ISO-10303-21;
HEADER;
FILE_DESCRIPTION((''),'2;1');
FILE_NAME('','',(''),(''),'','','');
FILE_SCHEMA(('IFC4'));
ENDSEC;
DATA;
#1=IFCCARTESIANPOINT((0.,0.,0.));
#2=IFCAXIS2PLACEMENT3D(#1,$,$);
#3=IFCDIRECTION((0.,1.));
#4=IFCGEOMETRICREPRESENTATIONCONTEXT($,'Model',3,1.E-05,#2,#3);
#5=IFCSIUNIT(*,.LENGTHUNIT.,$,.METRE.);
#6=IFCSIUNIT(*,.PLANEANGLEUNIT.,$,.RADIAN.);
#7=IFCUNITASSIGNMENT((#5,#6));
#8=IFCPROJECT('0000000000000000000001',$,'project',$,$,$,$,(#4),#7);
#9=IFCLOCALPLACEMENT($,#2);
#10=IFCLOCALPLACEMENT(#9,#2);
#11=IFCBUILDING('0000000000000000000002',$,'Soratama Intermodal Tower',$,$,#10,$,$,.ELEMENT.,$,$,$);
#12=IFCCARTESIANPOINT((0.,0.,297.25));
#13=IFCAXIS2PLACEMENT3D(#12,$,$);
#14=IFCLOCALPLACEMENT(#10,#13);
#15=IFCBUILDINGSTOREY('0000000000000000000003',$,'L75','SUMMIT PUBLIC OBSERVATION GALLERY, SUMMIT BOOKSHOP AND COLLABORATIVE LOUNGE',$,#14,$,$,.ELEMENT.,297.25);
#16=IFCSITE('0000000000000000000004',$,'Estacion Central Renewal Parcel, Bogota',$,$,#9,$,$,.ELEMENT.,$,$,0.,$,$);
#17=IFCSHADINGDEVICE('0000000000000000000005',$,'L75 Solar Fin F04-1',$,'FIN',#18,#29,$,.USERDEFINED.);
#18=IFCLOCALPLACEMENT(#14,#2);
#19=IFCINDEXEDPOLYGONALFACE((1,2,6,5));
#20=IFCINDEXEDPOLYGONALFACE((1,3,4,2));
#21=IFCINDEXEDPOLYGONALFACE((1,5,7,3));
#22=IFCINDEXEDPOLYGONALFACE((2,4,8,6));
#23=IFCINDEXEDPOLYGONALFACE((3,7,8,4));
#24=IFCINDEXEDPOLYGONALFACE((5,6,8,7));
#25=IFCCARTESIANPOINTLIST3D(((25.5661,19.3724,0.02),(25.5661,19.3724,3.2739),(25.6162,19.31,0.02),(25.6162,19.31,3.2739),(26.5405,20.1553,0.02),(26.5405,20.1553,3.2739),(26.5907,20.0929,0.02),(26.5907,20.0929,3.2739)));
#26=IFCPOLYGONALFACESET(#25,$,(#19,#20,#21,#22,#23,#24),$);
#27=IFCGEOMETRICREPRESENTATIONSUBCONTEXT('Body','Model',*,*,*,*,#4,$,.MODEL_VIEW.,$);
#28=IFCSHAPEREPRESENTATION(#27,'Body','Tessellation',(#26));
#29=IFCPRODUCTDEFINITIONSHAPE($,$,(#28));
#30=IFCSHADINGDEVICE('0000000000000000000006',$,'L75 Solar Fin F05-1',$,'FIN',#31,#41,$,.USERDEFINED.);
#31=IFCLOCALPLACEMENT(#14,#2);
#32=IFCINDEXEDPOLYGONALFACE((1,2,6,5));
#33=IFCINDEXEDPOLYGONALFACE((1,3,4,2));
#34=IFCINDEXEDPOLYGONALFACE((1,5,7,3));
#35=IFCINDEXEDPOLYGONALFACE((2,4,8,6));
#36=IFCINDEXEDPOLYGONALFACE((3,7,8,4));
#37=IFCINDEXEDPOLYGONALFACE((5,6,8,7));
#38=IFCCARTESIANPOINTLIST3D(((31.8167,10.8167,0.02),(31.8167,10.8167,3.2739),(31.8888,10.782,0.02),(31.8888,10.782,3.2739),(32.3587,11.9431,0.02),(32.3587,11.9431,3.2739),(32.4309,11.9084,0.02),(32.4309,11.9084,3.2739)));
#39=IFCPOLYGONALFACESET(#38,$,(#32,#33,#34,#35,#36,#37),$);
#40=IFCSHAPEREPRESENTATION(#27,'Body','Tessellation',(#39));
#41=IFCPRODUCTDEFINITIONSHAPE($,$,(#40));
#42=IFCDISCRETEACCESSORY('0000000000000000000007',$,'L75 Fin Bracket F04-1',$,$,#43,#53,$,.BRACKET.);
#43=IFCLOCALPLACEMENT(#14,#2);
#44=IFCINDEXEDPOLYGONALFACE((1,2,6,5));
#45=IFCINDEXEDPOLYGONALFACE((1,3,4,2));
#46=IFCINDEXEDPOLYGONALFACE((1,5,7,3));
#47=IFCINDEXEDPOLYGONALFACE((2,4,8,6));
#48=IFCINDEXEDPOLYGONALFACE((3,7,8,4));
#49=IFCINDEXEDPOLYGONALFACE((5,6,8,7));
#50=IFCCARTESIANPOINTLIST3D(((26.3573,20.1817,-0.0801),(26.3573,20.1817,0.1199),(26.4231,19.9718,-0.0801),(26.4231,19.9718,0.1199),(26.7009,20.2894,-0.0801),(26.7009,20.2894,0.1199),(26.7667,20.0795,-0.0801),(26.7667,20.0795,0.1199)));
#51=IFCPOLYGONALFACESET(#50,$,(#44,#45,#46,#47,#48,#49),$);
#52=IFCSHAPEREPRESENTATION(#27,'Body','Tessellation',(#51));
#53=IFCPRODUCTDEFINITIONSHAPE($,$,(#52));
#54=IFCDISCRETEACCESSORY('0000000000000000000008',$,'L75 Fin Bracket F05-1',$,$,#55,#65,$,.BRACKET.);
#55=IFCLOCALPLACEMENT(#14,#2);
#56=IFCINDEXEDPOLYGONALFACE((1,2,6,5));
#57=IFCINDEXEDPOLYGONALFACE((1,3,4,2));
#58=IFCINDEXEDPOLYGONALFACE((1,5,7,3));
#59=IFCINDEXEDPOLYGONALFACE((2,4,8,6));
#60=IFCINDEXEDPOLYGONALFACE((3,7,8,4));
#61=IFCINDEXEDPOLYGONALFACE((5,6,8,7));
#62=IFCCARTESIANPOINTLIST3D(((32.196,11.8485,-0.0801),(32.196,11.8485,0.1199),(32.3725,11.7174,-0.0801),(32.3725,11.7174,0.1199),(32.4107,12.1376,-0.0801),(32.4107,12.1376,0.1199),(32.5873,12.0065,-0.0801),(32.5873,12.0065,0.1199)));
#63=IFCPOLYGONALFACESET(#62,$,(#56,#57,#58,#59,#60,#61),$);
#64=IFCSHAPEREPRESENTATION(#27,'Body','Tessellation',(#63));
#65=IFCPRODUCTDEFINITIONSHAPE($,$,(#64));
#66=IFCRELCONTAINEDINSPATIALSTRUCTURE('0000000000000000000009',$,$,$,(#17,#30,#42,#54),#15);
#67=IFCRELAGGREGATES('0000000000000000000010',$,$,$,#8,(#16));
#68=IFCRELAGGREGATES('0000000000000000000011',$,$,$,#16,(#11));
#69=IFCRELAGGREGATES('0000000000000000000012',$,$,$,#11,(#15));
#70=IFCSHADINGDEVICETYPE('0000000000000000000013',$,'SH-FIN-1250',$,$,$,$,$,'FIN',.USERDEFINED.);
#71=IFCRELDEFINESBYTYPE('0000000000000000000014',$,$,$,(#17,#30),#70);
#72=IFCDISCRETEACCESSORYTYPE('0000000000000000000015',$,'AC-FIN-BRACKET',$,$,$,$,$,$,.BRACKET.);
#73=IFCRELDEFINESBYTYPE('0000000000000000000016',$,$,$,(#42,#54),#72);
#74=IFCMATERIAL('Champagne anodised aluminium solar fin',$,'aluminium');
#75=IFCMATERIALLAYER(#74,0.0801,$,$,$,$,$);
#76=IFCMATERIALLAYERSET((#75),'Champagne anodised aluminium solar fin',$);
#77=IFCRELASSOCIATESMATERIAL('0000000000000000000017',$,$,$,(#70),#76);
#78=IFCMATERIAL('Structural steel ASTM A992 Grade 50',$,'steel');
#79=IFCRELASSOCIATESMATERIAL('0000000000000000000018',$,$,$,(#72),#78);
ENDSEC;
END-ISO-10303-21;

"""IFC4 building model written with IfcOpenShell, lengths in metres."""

from ifc_helpers import new_model, si_unit, direction, frame, origin, origin_2d, place, context, subcontext, project, spatial, rectangle, extrude, material, layer, layer_set, type_object, element, save


model = new_model("IFC4")

# Units and contexts
model_context = context("Model", 3, precision=1e-05, world=origin(), true_north=direction((0.0, 1.0)))
body_context = subcontext(model_context, "Body", "Model", "MODEL_VIEW")
ifc_project = project(units=[si_unit("LENGTHUNIT", "METRE"), si_unit("PLANEANGLEUNIT", "RADIAN")], contexts=[model_context])

# Site, building, storey
site_placement = place(None, origin())
site = spatial("IfcSite", under=ifc_project, at=site_placement, Name="Estacion Central Renewal Parcel, Bogota", CompositionType="ELEMENT", RefElevation=0.0)
building_placement = place(site_placement, origin())
building = spatial("IfcBuilding", under=site, at=building_placement, Name="Soratama Intermodal Tower", CompositionType="ELEMENT")
storey_placement = place(building_placement, frame((0.0, 0.0, 297.25)))
storey = spatial("IfcBuildingStorey", under=building, at=storey_placement, Name="L75", Description="SUMMIT PUBLIC OBSERVATION GALLERY, SUMMIT BOOKSHOP AND COLLABORATIVE LOUNGE", CompositionType="ELEMENT", Elevation=297.25)

# Shading devices
ifc_material_1 = material(Name="Champagne anodised aluminium solar fin", Category="aluminium")
ifc_layer_1 = layer(ifc_material_1, 0.0801)
ifc_layer_set_1 = layer_set([ifc_layer_1], Name="Champagne anodised aluminium solar fin")
shading_device_type = type_object("IfcShadingDeviceType", Name="SH-FIN-1250", ElementType="FIN", PredefinedType="USERDEFINED", material=ifc_layer_set_1)
for number, where, z_axis, x_axis, name in (
    (1, (26.0784, 19.7327, 0.02), (0.0, 0.0, 1.0), (-0.779557, -0.626332, 0.0), "L75 Solar Fin F04-1"),
    (2, (32.1238, 11.3625, 0.02), (0.0, 0.0, 1.0), (-0.433659, -0.901077, 0.0), "L75 Solar Fin F05-1"),
):
    element("IfcShadingDevice", number, at=place(storey_placement, frame(where, z_axis=z_axis, x_axis=x_axis)), inside=storey, type_object=shading_device_type, Name=name, ObjectType="FIN", PredefinedType="USERDEFINED", context=body_context, shape_type="SweptSolid", body=[
        extrude(rectangle(XDim=1.25, YDim=0.0801, at=origin_2d()), origin(), (0.0, 0.0, 1.0), 3.2539),
    ])

# Discrete accessories
ifc_material_2 = material(Name="Structural steel ASTM A992 Grade 50", Category="steel")
discrete_accessory_type = type_object("IfcDiscreteAccessoryType", Name="AC-FIN-BRACKET", PredefinedType="BRACKET", material=ifc_material_2)
for number, where, z_axis, x_axis, name in (
    (3, (26.562, 20.1306, -0.0801), (0.0, 0.0, 1.0), (-0.95424, -0.299041, 0.0), "L75 Fin Bracket F04-1"),
    (4, (32.3916, 11.9275, -0.0801), (0.0, 0.0, 1.0), (-0.596225, -0.802817, 0.0), "L75 Fin Bracket F05-1"),
):
    element("IfcDiscreteAccessory", number, at=place(storey_placement, frame(where, z_axis=z_axis, x_axis=x_axis)), inside=storey, type_object=discrete_accessory_type, Name=name, PredefinedType="BRACKET", context=body_context, shape_type="SweptSolid", body=[
        extrude(rectangle(XDim=0.3601, YDim=0.22, at=origin_2d()), origin(), (0.0, 0.0, 1.0), 0.2),
    ])

save(model, "model.ifc")
